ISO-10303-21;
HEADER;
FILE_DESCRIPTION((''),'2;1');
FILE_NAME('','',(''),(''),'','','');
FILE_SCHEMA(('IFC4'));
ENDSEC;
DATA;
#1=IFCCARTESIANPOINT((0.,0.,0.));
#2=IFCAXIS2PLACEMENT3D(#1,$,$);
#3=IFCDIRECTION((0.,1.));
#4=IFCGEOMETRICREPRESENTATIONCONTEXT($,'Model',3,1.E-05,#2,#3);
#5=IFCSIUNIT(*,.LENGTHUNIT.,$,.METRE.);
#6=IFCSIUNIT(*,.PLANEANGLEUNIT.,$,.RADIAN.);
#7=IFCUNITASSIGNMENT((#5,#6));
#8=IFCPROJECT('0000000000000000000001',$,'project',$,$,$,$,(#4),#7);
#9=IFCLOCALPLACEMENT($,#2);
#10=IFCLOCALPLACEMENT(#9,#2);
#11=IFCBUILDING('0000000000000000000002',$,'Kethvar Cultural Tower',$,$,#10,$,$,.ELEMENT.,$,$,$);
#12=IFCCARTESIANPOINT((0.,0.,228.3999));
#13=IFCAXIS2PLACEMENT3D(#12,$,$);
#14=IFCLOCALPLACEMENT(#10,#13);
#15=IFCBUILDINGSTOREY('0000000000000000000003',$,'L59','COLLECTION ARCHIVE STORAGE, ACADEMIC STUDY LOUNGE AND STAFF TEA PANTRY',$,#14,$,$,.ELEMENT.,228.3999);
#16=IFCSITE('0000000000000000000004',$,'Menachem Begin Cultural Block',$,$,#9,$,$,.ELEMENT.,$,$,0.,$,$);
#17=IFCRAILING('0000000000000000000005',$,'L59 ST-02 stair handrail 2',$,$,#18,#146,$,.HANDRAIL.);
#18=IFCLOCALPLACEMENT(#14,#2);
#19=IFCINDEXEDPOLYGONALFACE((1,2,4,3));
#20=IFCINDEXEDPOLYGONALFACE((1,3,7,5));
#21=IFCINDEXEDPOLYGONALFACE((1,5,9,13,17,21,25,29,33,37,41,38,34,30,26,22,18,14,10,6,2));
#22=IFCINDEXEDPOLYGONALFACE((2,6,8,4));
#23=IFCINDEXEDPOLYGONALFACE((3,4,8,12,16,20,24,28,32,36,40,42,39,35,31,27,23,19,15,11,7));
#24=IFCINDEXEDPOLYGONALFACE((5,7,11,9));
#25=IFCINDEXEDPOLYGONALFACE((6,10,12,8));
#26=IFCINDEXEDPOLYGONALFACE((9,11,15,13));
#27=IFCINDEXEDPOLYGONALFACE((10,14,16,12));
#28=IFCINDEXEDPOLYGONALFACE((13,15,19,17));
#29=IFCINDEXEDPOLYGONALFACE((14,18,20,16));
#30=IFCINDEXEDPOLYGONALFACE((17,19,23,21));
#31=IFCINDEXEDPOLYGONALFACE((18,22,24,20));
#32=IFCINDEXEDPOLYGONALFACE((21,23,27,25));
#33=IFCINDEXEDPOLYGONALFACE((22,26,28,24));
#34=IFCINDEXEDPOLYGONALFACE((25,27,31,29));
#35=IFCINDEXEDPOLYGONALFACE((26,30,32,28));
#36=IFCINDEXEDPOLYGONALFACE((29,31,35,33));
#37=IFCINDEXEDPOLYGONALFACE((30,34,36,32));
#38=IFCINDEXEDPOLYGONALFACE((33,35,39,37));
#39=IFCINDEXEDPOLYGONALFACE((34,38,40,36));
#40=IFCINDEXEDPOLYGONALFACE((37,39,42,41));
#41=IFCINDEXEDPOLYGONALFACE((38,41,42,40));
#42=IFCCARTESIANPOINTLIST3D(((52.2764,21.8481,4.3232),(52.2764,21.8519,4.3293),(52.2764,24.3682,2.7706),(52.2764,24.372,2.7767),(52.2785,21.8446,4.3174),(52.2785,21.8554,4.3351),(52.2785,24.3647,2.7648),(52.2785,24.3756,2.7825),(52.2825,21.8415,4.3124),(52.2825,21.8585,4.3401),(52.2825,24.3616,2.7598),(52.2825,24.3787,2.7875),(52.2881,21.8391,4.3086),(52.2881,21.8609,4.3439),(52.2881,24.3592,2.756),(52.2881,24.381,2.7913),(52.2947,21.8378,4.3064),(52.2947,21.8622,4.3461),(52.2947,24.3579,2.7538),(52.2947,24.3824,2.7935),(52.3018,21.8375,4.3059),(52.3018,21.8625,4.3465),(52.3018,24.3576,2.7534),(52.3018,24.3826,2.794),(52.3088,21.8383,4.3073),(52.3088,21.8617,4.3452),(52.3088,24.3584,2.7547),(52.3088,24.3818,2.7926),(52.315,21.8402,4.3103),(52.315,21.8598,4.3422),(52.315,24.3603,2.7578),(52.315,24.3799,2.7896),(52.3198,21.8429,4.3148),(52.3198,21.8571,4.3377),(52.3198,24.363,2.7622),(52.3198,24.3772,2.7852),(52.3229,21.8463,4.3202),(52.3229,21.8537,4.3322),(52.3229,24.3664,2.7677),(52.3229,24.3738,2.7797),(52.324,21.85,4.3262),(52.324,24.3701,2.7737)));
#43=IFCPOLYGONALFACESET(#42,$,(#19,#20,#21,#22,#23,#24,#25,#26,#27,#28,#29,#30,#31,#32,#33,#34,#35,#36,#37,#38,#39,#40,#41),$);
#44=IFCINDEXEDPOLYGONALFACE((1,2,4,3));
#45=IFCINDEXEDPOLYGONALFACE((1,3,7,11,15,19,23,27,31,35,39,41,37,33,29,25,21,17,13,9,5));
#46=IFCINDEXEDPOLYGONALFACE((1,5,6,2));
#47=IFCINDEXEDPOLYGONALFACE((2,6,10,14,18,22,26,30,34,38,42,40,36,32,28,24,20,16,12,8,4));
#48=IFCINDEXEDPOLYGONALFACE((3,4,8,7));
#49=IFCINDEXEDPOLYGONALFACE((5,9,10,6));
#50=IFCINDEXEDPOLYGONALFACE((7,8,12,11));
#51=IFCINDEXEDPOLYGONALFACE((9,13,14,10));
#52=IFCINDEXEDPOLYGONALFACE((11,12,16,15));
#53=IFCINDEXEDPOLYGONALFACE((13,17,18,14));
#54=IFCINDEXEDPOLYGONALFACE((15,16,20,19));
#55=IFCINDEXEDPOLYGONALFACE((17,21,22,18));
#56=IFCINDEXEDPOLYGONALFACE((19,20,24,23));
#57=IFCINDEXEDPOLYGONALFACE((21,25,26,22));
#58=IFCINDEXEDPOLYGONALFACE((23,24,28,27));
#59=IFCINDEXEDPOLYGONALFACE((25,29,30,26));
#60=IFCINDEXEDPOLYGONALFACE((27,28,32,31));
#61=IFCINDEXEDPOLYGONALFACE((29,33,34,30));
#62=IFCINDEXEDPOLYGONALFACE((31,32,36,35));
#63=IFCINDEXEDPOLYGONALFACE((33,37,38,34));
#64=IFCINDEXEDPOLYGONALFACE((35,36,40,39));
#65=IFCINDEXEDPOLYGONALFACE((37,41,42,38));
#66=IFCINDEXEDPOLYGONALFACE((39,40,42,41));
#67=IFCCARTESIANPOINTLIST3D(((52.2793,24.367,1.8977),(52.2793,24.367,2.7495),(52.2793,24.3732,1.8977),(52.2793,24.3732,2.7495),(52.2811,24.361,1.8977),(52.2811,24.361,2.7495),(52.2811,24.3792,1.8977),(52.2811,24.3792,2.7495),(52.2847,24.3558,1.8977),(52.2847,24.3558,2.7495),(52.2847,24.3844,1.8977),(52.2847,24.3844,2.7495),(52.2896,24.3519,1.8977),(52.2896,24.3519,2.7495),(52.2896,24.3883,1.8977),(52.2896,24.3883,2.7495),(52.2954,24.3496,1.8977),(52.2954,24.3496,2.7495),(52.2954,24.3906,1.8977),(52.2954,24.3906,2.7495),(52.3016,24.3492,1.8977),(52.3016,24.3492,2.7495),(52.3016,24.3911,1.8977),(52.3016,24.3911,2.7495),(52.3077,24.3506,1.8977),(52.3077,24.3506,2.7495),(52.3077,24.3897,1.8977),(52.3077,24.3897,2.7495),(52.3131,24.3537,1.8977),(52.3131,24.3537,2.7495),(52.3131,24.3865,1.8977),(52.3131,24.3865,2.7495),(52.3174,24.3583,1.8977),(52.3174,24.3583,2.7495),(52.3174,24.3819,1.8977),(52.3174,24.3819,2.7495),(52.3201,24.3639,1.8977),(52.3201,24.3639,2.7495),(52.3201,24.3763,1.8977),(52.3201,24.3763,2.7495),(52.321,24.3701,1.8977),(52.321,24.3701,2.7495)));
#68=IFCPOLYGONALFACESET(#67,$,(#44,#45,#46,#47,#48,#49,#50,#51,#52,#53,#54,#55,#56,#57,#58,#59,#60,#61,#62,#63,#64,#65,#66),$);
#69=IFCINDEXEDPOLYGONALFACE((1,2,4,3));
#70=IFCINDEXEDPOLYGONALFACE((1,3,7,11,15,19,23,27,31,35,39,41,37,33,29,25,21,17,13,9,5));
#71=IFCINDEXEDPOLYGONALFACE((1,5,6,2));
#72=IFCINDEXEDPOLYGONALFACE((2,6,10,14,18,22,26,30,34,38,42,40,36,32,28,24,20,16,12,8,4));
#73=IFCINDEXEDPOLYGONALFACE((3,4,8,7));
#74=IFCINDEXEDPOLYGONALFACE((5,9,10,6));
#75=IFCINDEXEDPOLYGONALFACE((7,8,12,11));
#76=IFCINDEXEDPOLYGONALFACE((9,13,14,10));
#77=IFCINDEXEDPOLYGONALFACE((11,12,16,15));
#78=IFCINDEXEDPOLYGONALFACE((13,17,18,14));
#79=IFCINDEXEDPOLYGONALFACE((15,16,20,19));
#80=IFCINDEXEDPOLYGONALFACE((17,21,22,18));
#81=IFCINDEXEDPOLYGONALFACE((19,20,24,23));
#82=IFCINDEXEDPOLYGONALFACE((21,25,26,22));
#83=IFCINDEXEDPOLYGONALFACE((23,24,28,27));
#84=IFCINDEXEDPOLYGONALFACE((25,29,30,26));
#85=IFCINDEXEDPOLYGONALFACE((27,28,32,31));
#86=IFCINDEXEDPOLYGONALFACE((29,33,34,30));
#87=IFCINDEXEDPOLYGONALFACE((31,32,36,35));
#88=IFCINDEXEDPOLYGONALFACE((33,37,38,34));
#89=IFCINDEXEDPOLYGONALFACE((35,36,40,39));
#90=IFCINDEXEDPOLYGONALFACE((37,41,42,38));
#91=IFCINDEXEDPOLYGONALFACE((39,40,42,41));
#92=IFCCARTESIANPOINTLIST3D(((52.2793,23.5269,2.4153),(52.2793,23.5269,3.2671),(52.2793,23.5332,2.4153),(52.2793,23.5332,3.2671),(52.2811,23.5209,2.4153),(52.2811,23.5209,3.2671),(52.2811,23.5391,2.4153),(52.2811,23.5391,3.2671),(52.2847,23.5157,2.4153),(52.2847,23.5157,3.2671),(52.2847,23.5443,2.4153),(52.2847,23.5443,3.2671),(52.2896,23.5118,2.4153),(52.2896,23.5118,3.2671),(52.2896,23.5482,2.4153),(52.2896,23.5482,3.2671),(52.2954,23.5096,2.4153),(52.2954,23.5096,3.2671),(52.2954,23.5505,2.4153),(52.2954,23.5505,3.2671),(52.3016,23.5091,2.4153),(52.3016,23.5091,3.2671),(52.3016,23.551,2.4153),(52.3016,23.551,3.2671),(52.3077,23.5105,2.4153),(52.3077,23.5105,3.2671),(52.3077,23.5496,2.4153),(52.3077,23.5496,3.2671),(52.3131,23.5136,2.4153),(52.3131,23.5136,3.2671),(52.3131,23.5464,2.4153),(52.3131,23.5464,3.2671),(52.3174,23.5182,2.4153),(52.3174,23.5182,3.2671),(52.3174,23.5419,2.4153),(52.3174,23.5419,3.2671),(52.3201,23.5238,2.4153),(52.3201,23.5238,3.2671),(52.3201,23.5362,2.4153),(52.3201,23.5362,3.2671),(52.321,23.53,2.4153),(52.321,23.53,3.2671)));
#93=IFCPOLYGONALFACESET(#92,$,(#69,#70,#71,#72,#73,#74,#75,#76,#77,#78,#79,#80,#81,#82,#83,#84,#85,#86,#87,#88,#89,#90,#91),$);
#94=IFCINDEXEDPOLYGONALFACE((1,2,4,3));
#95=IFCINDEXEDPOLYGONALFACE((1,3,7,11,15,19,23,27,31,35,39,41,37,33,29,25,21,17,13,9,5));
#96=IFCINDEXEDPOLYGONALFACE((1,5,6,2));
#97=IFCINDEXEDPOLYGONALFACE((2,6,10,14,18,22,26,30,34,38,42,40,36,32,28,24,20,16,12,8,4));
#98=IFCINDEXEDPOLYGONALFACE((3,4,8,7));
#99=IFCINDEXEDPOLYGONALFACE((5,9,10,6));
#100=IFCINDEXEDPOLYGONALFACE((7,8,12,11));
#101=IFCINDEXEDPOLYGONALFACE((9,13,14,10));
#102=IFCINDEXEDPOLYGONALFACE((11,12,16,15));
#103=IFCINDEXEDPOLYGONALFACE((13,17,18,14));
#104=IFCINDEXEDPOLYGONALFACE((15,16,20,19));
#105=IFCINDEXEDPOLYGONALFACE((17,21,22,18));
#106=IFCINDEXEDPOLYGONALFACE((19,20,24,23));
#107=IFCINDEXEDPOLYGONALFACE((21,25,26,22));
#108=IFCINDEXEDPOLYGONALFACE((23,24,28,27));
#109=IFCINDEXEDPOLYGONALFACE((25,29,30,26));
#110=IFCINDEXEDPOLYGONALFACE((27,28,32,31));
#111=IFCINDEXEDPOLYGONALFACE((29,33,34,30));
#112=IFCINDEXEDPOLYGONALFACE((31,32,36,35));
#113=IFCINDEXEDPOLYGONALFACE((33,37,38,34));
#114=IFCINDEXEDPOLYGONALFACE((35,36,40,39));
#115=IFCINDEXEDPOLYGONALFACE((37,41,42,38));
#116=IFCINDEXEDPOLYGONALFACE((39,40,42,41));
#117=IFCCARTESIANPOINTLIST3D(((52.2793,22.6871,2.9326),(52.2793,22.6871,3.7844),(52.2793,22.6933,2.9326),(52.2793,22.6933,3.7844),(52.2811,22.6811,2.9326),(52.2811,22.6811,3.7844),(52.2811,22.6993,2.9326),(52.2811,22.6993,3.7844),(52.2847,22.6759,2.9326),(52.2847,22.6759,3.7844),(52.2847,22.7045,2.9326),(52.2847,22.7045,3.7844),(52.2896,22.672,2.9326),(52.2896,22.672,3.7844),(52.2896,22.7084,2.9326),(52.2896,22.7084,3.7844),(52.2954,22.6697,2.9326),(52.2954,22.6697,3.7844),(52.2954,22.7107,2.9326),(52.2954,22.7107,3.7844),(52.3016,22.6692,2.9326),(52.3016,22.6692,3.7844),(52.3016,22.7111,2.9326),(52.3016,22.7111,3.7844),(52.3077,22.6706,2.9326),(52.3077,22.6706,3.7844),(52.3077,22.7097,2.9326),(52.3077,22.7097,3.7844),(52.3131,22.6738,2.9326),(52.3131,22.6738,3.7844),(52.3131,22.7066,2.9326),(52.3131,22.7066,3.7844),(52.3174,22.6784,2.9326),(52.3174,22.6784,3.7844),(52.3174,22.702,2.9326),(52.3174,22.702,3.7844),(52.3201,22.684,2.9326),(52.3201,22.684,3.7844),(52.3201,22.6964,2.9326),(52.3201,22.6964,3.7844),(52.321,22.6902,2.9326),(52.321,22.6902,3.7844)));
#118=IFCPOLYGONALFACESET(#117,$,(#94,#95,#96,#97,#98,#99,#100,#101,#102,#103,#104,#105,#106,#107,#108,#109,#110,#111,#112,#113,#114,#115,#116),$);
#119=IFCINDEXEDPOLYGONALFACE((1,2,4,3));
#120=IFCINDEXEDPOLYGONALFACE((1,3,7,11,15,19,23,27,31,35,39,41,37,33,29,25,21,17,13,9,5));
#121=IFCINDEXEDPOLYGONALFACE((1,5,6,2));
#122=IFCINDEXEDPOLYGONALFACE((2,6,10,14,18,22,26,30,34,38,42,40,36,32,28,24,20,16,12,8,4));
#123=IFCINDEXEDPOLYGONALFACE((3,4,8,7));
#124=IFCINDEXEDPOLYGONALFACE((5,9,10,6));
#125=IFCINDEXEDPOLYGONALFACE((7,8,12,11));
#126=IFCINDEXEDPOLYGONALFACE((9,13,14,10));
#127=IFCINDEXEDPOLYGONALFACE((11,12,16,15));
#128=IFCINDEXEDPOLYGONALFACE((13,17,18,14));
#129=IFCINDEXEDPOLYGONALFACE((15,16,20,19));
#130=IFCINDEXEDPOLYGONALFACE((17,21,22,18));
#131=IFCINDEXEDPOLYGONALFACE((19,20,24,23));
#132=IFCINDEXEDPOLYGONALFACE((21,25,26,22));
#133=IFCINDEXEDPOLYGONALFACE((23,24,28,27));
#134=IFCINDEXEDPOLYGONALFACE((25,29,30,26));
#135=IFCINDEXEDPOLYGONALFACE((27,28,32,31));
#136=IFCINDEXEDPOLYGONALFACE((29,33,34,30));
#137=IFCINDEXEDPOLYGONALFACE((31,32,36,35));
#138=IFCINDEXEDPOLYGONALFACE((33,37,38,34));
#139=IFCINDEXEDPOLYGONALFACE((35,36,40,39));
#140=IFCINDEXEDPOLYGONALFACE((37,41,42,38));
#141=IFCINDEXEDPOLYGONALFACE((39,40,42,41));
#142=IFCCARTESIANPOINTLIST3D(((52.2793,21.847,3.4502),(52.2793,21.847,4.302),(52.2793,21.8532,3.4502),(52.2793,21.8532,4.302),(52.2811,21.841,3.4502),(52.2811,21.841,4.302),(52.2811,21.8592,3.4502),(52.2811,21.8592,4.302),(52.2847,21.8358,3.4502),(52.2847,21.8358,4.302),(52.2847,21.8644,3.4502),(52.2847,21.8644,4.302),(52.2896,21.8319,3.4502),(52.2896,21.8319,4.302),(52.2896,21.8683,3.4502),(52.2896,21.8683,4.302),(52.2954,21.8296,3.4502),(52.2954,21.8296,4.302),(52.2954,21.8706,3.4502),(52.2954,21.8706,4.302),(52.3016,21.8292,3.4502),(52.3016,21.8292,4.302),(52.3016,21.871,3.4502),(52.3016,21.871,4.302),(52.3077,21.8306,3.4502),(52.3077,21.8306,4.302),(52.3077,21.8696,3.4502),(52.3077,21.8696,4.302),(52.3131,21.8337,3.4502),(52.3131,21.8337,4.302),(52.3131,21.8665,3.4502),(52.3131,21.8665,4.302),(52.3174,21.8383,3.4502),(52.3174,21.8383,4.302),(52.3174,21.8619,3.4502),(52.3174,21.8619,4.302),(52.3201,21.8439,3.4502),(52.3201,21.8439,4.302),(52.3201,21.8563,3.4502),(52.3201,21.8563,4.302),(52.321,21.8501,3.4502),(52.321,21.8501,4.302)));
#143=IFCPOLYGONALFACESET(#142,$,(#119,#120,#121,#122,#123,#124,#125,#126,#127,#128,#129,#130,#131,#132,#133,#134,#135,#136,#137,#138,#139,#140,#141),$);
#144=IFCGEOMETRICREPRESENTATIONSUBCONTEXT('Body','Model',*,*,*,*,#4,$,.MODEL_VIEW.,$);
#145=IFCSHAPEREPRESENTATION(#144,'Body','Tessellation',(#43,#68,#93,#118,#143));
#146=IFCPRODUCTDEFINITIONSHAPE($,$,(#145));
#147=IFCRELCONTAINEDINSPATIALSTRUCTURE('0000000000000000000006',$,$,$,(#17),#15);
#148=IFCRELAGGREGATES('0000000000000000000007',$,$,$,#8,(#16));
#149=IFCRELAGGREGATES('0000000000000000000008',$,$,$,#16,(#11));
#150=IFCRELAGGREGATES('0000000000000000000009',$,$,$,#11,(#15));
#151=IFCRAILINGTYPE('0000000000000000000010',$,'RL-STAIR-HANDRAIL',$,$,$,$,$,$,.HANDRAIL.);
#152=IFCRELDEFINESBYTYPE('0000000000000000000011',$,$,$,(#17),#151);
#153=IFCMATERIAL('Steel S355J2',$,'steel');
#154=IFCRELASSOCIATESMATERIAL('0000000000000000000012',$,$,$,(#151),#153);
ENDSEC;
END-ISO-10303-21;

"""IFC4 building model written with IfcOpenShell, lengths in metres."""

from ifc_helpers import new_model, si_unit, direction, frame, origin, origin_2d, place, context, subcontext, project, spatial, circle, extrude, material, type_object, element, save


model = new_model("IFC4")

# Units and contexts
model_context = context("Model", 3, precision=1e-05, world=origin(), true_north=direction((0.0, 1.0)))
body_context = subcontext(model_context, "Body", "Model", "MODEL_VIEW")
ifc_project = project(units=[si_unit("LENGTHUNIT", "METRE"), si_unit("PLANEANGLEUNIT", "RADIAN")], contexts=[model_context])

# Site, building, storey
site_placement = place(None, origin())
site = spatial("IfcSite", under=ifc_project, at=site_placement, Name="Menachem Begin Cultural Block", CompositionType="ELEMENT", RefElevation=0.0)
building_placement = place(site_placement, origin())
building = spatial("IfcBuilding", under=site, at=building_placement, Name="Kethvar Cultural Tower", CompositionType="ELEMENT")
storey_placement = place(building_placement, frame((0.0, 0.0, 228.3999)))
storey = spatial("IfcBuildingStorey", under=building, at=storey_placement, Name="L59", Description="COLLECTION ARCHIVE STORAGE, ACADEMIC STUDY LOUNGE AND STAFF TEA PANTRY", CompositionType="ELEMENT", Elevation=228.3999)

# Shared definitions
ifc_material_1 = material(Name="Steel S355J2", Category="steel")

# Railing
railing_type_1 = type_object("IfcRailingType", Name="RL-STAIR-HANDRAIL", PredefinedType="HANDRAIL", material=ifc_material_1)
railing_1_placement = place(storey_placement, frame((52.3, 24.3701, 1.8977)))
element("IfcRailing", 1, at=railing_1_placement, inside=storey, type_object=railing_type_1, Name="L59 ST-02 stair handrail 2", PredefinedType="HANDRAIL", context=body_context, shape_type="SweptSolid", body=[
    extrude(circle(Radius=0.0239, at=origin_2d()), frame((0.0, 0.0, 0.876), z_axis=(0.0, -0.8514, 0.524516), x_axis=(1.0, 0.0, 0.0)), (0.0, 0.0, 1.0), 2.96),
    extrude(circle(Radius=0.021, at=origin_2d()), origin(), (0.0, 0.0, 1.0), 0.8518),
    extrude(circle(Radius=0.021, at=origin_2d()), frame((0.0, -0.8401, 0.5176)), (0.0, 0.0, 1.0), 0.8518),
    extrude(circle(Radius=0.021, at=origin_2d()), frame((0.0, -1.6799, 1.0349)), (0.0, 0.0, 1.0), 0.8518),
    extrude(circle(Radius=0.021, at=origin_2d()), frame((0.0, -2.52, 1.5525)), (0.0, 0.0, 1.0), 0.8518),
])

save(model, "model.ifc")
